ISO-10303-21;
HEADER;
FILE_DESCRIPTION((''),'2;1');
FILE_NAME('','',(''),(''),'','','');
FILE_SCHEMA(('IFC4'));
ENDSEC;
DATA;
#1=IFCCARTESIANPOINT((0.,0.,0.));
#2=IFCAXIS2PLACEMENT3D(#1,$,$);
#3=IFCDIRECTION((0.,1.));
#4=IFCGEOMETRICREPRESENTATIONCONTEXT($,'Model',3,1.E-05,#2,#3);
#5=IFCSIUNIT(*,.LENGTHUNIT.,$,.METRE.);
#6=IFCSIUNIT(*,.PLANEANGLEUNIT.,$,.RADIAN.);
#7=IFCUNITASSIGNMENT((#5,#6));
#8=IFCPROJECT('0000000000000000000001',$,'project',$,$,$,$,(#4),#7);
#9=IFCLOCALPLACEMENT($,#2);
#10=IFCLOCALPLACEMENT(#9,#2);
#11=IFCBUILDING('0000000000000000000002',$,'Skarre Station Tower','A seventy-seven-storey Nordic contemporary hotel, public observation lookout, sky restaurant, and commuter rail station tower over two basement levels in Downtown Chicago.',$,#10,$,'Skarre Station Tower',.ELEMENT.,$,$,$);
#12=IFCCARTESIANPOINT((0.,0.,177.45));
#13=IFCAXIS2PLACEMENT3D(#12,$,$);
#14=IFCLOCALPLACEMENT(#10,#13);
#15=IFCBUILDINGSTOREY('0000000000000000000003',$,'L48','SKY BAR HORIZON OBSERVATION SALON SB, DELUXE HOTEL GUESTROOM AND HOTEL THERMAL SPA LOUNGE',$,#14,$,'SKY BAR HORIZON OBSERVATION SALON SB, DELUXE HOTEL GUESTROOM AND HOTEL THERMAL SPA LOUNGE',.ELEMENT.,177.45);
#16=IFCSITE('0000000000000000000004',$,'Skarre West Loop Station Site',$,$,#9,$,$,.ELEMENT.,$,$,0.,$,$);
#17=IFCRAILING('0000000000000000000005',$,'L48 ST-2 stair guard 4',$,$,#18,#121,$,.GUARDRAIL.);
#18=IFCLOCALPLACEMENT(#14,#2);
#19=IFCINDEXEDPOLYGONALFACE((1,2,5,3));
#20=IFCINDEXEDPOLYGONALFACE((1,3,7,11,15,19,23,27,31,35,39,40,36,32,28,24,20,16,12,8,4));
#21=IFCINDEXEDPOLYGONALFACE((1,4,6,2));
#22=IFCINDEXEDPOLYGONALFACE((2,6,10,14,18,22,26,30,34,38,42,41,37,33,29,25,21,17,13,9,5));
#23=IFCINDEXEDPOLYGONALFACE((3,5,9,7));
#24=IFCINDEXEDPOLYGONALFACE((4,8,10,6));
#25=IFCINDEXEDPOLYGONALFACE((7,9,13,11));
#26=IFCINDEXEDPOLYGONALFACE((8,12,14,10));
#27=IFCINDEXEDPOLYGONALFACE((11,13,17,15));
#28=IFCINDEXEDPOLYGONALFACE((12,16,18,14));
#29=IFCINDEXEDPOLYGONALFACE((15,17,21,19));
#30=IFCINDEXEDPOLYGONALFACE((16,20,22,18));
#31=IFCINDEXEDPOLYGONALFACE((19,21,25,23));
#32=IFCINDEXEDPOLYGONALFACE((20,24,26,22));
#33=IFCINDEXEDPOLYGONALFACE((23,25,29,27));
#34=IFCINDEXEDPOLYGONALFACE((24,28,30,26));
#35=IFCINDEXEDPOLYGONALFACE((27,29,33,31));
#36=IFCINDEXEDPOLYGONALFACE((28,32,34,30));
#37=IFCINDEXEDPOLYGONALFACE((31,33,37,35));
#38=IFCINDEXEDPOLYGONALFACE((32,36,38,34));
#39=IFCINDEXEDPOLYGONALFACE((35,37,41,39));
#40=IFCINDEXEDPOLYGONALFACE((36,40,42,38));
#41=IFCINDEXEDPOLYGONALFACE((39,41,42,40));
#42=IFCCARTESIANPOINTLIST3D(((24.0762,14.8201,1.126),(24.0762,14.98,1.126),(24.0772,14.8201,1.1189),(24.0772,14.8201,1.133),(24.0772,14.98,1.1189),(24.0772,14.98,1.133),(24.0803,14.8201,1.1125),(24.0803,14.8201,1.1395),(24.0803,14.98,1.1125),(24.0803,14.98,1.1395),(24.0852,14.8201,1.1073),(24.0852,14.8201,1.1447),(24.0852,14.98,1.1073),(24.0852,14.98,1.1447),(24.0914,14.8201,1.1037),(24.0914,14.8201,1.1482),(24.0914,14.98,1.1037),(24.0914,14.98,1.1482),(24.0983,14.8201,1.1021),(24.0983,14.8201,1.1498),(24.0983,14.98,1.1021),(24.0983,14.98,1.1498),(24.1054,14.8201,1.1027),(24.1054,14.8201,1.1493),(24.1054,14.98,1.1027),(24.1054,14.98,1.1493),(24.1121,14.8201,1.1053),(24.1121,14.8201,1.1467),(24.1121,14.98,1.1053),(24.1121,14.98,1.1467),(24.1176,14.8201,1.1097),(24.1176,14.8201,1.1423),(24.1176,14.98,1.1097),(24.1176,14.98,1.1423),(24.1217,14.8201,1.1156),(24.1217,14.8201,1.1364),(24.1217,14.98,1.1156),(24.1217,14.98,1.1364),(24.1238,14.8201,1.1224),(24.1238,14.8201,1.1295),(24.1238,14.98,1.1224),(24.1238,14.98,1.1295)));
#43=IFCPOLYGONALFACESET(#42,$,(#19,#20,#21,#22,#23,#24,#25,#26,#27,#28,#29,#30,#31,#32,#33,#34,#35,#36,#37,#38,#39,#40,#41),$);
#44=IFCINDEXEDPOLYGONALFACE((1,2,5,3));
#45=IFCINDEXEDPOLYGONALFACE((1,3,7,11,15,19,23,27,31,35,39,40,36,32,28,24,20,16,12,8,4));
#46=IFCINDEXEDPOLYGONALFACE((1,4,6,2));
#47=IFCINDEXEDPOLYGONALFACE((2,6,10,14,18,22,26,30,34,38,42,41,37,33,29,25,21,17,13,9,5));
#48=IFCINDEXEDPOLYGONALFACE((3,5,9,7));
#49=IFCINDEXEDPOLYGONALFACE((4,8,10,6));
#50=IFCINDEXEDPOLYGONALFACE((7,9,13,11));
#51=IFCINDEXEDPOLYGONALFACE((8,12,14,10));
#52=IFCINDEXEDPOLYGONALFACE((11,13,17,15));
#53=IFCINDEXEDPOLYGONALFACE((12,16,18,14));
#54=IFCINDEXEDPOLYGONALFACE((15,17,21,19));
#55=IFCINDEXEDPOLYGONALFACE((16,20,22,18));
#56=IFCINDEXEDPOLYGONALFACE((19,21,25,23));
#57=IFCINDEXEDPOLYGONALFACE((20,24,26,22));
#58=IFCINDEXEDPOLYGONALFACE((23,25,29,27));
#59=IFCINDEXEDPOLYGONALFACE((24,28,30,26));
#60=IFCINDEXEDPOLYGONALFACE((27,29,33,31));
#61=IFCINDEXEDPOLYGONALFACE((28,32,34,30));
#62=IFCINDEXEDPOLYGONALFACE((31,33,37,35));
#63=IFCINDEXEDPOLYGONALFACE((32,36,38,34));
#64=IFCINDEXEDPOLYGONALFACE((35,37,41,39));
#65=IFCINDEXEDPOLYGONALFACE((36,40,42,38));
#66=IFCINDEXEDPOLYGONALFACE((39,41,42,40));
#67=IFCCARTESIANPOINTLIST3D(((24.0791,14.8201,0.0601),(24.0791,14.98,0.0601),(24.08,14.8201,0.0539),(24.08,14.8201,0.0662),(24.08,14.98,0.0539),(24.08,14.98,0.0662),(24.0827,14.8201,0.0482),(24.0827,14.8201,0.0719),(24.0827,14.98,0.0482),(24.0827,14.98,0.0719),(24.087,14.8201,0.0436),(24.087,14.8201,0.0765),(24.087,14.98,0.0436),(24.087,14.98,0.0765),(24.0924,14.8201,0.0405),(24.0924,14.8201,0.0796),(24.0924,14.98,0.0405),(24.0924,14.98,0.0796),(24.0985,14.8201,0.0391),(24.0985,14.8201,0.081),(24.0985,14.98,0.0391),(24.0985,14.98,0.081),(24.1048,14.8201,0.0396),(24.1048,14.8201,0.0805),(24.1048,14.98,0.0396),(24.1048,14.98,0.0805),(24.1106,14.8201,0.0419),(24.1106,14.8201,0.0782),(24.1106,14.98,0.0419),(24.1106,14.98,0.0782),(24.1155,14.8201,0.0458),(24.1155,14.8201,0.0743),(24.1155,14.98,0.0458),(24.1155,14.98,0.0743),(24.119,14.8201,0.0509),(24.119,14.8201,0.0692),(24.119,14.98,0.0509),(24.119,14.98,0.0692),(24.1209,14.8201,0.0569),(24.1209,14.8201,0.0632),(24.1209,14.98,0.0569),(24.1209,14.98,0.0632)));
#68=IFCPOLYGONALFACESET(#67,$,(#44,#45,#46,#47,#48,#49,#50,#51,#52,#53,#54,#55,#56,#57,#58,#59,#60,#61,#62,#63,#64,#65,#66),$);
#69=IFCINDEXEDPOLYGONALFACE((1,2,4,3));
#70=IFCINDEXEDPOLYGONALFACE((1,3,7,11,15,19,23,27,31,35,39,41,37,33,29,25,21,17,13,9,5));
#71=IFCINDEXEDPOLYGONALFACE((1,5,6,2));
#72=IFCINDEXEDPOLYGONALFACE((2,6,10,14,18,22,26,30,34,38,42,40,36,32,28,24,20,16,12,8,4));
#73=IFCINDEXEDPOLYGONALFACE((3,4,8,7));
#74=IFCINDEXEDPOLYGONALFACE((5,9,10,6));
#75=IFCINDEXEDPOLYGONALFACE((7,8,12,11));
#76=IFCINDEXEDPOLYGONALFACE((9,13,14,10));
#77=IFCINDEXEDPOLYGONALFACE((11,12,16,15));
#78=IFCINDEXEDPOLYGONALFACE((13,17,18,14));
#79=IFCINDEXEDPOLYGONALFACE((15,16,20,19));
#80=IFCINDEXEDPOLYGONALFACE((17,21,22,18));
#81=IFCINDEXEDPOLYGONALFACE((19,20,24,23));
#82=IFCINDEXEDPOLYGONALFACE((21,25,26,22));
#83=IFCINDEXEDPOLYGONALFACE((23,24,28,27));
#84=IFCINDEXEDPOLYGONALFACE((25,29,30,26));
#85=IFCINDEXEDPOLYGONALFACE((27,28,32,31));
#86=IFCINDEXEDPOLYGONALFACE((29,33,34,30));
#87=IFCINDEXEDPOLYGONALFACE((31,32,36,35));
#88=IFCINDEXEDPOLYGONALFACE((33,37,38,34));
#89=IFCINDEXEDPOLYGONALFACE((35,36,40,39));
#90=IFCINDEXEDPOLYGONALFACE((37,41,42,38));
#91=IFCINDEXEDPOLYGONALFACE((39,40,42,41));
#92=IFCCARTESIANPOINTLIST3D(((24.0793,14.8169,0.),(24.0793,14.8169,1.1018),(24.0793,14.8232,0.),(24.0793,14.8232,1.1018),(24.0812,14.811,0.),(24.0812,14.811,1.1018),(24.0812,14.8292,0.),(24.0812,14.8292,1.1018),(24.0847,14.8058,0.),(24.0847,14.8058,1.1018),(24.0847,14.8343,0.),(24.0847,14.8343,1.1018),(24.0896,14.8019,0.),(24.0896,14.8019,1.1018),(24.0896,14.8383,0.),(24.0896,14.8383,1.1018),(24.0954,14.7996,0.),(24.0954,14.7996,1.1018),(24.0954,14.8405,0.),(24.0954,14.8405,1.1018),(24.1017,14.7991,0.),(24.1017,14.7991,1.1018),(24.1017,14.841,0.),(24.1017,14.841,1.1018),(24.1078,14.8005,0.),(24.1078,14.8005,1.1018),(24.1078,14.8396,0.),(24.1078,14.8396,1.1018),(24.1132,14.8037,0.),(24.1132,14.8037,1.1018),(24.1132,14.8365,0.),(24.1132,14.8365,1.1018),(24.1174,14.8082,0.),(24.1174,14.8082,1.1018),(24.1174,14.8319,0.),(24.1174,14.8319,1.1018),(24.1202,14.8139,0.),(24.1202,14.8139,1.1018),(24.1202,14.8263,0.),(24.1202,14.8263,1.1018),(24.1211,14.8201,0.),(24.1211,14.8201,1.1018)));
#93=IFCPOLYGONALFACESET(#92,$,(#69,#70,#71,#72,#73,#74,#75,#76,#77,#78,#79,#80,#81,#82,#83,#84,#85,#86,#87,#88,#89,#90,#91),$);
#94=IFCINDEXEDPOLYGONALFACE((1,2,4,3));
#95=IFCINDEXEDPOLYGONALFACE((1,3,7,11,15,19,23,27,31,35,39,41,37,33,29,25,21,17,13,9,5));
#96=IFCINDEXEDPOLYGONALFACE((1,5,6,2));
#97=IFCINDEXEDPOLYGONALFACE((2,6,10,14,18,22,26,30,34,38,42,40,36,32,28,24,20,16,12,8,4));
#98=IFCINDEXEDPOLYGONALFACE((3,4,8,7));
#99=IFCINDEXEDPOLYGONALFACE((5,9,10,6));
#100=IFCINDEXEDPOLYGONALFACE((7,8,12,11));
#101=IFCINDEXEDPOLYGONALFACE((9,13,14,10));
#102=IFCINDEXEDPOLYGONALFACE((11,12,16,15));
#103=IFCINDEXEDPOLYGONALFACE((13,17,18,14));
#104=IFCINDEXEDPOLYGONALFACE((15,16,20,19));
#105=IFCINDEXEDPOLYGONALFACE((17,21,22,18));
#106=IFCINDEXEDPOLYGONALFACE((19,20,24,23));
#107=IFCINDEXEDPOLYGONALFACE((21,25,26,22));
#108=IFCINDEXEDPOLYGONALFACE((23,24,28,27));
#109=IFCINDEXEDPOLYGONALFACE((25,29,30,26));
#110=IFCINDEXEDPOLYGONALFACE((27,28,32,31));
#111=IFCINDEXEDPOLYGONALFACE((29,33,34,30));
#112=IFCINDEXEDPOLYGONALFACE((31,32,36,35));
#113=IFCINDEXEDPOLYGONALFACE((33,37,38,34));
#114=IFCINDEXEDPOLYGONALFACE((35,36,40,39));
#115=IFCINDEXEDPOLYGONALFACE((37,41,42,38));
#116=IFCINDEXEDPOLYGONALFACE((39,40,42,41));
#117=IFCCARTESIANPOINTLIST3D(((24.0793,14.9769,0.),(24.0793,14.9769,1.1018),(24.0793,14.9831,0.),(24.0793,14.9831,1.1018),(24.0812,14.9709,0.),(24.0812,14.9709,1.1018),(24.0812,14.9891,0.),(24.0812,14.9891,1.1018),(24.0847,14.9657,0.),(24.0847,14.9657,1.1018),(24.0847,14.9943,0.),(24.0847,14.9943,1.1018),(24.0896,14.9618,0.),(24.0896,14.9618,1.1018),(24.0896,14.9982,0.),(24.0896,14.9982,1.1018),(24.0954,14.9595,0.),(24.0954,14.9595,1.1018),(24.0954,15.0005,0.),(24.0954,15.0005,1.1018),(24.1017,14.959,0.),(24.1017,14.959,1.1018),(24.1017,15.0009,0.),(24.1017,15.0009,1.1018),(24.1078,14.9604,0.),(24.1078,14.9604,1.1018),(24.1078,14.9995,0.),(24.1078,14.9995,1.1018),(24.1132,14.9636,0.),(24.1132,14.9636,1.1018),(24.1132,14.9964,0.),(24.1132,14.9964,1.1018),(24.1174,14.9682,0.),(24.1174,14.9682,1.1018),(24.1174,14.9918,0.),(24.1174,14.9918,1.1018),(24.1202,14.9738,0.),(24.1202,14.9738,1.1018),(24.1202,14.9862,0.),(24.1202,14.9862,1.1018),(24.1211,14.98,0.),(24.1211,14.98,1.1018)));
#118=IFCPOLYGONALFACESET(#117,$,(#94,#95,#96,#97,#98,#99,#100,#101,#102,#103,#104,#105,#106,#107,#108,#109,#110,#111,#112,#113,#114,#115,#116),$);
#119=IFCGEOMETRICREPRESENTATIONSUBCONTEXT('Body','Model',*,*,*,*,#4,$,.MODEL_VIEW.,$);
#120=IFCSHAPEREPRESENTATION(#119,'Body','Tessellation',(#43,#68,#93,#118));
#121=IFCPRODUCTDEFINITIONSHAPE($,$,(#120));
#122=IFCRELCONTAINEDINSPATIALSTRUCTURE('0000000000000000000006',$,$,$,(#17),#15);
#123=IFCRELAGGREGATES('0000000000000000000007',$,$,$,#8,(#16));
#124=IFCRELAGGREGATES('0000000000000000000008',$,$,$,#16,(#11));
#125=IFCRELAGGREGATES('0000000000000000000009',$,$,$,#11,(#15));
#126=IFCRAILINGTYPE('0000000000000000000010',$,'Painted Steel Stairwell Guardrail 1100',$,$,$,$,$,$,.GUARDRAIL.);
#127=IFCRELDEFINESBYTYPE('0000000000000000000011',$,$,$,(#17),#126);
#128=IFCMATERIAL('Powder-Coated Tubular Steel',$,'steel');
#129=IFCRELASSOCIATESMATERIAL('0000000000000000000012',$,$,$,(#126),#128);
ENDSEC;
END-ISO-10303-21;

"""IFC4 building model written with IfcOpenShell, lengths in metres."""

from ifc_helpers import new_model, si_unit, direction, frame, origin, origin_2d, place, context, subcontext, project, spatial, circle, extrude, material, type_object, element, save


model = new_model("IFC4")

# Units and contexts
model_context = context("Model", 3, precision=1e-05, world=origin(), true_north=direction((0.0, 1.0)))
body_context = subcontext(model_context, "Body", "Model", "MODEL_VIEW")
ifc_project = project(units=[si_unit("LENGTHUNIT", "METRE"), si_unit("PLANEANGLEUNIT", "RADIAN")], contexts=[model_context])

# Site, building, storey
site_placement = place(None, origin())
site = spatial("IfcSite", under=ifc_project, at=site_placement, Name="Skarre West Loop Station Site", CompositionType="ELEMENT", RefElevation=0.0)
building_placement = place(site_placement, origin())
building = spatial("IfcBuilding", under=site, at=building_placement, Name="Skarre Station Tower", Description="A seventy-seven-storey Nordic contemporary hotel, public observation lookout, sky restaurant, and commuter rail station tower over two basement levels in Downtown Chicago.", LongName="Skarre Station Tower", CompositionType="ELEMENT")
storey_placement = place(building_placement, frame((0.0, 0.0, 177.45)))
storey = spatial("IfcBuildingStorey", under=building, at=storey_placement, Name="L48", Description="SKY BAR HORIZON OBSERVATION SALON SB, DELUXE HOTEL GUESTROOM AND HOTEL THERMAL SPA LOUNGE", LongName="SKY BAR HORIZON OBSERVATION SALON SB, DELUXE HOTEL GUESTROOM AND HOTEL THERMAL SPA LOUNGE", CompositionType="ELEMENT", Elevation=177.45)

# Railing
ifc_material_1 = material(Name="Powder-Coated Tubular Steel", Category="steel")
railing_type_1 = type_object("IfcRailingType", Name="Painted Steel Stairwell Guardrail 1100", PredefinedType="GUARDRAIL", material=ifc_material_1)
railing_1_placement = place(storey_placement, frame((24.1001, 14.8201, 0.0)))
element("IfcRailing", 1, at=railing_1_placement, inside=storey, type_object=railing_type_1, Name="L48 ST-2 stair guard 4", PredefinedType="GUARDRAIL", context=body_context, shape_type="SweptSolid", body=[
    extrude(circle(Radius=0.0239, at=origin_2d()), frame((0.0, 0.0, 1.126), z_axis=(0.0, 1.0, 0.0), x_axis=(-1.0, 0.0, 0.0)), (0.0, 0.0, 1.0), 0.1599),
    extrude(circle(Radius=0.021, at=origin_2d()), frame((0.0, 0.0, 0.0601), z_axis=(0.0, 1.0, 0.0), x_axis=(-1.0, 0.0, 0.0)), (0.0, 0.0, 1.0), 0.1599),
    extrude(circle(Radius=0.021, at=origin_2d()), origin(), (0.0, 0.0, 1.0), 1.1018),
    extrude(circle(Radius=0.021, at=origin_2d()), frame((0.0, 0.1599, 0.0)), (0.0, 0.0, 1.0), 1.1018),
])

save(model, "model.ifc")
